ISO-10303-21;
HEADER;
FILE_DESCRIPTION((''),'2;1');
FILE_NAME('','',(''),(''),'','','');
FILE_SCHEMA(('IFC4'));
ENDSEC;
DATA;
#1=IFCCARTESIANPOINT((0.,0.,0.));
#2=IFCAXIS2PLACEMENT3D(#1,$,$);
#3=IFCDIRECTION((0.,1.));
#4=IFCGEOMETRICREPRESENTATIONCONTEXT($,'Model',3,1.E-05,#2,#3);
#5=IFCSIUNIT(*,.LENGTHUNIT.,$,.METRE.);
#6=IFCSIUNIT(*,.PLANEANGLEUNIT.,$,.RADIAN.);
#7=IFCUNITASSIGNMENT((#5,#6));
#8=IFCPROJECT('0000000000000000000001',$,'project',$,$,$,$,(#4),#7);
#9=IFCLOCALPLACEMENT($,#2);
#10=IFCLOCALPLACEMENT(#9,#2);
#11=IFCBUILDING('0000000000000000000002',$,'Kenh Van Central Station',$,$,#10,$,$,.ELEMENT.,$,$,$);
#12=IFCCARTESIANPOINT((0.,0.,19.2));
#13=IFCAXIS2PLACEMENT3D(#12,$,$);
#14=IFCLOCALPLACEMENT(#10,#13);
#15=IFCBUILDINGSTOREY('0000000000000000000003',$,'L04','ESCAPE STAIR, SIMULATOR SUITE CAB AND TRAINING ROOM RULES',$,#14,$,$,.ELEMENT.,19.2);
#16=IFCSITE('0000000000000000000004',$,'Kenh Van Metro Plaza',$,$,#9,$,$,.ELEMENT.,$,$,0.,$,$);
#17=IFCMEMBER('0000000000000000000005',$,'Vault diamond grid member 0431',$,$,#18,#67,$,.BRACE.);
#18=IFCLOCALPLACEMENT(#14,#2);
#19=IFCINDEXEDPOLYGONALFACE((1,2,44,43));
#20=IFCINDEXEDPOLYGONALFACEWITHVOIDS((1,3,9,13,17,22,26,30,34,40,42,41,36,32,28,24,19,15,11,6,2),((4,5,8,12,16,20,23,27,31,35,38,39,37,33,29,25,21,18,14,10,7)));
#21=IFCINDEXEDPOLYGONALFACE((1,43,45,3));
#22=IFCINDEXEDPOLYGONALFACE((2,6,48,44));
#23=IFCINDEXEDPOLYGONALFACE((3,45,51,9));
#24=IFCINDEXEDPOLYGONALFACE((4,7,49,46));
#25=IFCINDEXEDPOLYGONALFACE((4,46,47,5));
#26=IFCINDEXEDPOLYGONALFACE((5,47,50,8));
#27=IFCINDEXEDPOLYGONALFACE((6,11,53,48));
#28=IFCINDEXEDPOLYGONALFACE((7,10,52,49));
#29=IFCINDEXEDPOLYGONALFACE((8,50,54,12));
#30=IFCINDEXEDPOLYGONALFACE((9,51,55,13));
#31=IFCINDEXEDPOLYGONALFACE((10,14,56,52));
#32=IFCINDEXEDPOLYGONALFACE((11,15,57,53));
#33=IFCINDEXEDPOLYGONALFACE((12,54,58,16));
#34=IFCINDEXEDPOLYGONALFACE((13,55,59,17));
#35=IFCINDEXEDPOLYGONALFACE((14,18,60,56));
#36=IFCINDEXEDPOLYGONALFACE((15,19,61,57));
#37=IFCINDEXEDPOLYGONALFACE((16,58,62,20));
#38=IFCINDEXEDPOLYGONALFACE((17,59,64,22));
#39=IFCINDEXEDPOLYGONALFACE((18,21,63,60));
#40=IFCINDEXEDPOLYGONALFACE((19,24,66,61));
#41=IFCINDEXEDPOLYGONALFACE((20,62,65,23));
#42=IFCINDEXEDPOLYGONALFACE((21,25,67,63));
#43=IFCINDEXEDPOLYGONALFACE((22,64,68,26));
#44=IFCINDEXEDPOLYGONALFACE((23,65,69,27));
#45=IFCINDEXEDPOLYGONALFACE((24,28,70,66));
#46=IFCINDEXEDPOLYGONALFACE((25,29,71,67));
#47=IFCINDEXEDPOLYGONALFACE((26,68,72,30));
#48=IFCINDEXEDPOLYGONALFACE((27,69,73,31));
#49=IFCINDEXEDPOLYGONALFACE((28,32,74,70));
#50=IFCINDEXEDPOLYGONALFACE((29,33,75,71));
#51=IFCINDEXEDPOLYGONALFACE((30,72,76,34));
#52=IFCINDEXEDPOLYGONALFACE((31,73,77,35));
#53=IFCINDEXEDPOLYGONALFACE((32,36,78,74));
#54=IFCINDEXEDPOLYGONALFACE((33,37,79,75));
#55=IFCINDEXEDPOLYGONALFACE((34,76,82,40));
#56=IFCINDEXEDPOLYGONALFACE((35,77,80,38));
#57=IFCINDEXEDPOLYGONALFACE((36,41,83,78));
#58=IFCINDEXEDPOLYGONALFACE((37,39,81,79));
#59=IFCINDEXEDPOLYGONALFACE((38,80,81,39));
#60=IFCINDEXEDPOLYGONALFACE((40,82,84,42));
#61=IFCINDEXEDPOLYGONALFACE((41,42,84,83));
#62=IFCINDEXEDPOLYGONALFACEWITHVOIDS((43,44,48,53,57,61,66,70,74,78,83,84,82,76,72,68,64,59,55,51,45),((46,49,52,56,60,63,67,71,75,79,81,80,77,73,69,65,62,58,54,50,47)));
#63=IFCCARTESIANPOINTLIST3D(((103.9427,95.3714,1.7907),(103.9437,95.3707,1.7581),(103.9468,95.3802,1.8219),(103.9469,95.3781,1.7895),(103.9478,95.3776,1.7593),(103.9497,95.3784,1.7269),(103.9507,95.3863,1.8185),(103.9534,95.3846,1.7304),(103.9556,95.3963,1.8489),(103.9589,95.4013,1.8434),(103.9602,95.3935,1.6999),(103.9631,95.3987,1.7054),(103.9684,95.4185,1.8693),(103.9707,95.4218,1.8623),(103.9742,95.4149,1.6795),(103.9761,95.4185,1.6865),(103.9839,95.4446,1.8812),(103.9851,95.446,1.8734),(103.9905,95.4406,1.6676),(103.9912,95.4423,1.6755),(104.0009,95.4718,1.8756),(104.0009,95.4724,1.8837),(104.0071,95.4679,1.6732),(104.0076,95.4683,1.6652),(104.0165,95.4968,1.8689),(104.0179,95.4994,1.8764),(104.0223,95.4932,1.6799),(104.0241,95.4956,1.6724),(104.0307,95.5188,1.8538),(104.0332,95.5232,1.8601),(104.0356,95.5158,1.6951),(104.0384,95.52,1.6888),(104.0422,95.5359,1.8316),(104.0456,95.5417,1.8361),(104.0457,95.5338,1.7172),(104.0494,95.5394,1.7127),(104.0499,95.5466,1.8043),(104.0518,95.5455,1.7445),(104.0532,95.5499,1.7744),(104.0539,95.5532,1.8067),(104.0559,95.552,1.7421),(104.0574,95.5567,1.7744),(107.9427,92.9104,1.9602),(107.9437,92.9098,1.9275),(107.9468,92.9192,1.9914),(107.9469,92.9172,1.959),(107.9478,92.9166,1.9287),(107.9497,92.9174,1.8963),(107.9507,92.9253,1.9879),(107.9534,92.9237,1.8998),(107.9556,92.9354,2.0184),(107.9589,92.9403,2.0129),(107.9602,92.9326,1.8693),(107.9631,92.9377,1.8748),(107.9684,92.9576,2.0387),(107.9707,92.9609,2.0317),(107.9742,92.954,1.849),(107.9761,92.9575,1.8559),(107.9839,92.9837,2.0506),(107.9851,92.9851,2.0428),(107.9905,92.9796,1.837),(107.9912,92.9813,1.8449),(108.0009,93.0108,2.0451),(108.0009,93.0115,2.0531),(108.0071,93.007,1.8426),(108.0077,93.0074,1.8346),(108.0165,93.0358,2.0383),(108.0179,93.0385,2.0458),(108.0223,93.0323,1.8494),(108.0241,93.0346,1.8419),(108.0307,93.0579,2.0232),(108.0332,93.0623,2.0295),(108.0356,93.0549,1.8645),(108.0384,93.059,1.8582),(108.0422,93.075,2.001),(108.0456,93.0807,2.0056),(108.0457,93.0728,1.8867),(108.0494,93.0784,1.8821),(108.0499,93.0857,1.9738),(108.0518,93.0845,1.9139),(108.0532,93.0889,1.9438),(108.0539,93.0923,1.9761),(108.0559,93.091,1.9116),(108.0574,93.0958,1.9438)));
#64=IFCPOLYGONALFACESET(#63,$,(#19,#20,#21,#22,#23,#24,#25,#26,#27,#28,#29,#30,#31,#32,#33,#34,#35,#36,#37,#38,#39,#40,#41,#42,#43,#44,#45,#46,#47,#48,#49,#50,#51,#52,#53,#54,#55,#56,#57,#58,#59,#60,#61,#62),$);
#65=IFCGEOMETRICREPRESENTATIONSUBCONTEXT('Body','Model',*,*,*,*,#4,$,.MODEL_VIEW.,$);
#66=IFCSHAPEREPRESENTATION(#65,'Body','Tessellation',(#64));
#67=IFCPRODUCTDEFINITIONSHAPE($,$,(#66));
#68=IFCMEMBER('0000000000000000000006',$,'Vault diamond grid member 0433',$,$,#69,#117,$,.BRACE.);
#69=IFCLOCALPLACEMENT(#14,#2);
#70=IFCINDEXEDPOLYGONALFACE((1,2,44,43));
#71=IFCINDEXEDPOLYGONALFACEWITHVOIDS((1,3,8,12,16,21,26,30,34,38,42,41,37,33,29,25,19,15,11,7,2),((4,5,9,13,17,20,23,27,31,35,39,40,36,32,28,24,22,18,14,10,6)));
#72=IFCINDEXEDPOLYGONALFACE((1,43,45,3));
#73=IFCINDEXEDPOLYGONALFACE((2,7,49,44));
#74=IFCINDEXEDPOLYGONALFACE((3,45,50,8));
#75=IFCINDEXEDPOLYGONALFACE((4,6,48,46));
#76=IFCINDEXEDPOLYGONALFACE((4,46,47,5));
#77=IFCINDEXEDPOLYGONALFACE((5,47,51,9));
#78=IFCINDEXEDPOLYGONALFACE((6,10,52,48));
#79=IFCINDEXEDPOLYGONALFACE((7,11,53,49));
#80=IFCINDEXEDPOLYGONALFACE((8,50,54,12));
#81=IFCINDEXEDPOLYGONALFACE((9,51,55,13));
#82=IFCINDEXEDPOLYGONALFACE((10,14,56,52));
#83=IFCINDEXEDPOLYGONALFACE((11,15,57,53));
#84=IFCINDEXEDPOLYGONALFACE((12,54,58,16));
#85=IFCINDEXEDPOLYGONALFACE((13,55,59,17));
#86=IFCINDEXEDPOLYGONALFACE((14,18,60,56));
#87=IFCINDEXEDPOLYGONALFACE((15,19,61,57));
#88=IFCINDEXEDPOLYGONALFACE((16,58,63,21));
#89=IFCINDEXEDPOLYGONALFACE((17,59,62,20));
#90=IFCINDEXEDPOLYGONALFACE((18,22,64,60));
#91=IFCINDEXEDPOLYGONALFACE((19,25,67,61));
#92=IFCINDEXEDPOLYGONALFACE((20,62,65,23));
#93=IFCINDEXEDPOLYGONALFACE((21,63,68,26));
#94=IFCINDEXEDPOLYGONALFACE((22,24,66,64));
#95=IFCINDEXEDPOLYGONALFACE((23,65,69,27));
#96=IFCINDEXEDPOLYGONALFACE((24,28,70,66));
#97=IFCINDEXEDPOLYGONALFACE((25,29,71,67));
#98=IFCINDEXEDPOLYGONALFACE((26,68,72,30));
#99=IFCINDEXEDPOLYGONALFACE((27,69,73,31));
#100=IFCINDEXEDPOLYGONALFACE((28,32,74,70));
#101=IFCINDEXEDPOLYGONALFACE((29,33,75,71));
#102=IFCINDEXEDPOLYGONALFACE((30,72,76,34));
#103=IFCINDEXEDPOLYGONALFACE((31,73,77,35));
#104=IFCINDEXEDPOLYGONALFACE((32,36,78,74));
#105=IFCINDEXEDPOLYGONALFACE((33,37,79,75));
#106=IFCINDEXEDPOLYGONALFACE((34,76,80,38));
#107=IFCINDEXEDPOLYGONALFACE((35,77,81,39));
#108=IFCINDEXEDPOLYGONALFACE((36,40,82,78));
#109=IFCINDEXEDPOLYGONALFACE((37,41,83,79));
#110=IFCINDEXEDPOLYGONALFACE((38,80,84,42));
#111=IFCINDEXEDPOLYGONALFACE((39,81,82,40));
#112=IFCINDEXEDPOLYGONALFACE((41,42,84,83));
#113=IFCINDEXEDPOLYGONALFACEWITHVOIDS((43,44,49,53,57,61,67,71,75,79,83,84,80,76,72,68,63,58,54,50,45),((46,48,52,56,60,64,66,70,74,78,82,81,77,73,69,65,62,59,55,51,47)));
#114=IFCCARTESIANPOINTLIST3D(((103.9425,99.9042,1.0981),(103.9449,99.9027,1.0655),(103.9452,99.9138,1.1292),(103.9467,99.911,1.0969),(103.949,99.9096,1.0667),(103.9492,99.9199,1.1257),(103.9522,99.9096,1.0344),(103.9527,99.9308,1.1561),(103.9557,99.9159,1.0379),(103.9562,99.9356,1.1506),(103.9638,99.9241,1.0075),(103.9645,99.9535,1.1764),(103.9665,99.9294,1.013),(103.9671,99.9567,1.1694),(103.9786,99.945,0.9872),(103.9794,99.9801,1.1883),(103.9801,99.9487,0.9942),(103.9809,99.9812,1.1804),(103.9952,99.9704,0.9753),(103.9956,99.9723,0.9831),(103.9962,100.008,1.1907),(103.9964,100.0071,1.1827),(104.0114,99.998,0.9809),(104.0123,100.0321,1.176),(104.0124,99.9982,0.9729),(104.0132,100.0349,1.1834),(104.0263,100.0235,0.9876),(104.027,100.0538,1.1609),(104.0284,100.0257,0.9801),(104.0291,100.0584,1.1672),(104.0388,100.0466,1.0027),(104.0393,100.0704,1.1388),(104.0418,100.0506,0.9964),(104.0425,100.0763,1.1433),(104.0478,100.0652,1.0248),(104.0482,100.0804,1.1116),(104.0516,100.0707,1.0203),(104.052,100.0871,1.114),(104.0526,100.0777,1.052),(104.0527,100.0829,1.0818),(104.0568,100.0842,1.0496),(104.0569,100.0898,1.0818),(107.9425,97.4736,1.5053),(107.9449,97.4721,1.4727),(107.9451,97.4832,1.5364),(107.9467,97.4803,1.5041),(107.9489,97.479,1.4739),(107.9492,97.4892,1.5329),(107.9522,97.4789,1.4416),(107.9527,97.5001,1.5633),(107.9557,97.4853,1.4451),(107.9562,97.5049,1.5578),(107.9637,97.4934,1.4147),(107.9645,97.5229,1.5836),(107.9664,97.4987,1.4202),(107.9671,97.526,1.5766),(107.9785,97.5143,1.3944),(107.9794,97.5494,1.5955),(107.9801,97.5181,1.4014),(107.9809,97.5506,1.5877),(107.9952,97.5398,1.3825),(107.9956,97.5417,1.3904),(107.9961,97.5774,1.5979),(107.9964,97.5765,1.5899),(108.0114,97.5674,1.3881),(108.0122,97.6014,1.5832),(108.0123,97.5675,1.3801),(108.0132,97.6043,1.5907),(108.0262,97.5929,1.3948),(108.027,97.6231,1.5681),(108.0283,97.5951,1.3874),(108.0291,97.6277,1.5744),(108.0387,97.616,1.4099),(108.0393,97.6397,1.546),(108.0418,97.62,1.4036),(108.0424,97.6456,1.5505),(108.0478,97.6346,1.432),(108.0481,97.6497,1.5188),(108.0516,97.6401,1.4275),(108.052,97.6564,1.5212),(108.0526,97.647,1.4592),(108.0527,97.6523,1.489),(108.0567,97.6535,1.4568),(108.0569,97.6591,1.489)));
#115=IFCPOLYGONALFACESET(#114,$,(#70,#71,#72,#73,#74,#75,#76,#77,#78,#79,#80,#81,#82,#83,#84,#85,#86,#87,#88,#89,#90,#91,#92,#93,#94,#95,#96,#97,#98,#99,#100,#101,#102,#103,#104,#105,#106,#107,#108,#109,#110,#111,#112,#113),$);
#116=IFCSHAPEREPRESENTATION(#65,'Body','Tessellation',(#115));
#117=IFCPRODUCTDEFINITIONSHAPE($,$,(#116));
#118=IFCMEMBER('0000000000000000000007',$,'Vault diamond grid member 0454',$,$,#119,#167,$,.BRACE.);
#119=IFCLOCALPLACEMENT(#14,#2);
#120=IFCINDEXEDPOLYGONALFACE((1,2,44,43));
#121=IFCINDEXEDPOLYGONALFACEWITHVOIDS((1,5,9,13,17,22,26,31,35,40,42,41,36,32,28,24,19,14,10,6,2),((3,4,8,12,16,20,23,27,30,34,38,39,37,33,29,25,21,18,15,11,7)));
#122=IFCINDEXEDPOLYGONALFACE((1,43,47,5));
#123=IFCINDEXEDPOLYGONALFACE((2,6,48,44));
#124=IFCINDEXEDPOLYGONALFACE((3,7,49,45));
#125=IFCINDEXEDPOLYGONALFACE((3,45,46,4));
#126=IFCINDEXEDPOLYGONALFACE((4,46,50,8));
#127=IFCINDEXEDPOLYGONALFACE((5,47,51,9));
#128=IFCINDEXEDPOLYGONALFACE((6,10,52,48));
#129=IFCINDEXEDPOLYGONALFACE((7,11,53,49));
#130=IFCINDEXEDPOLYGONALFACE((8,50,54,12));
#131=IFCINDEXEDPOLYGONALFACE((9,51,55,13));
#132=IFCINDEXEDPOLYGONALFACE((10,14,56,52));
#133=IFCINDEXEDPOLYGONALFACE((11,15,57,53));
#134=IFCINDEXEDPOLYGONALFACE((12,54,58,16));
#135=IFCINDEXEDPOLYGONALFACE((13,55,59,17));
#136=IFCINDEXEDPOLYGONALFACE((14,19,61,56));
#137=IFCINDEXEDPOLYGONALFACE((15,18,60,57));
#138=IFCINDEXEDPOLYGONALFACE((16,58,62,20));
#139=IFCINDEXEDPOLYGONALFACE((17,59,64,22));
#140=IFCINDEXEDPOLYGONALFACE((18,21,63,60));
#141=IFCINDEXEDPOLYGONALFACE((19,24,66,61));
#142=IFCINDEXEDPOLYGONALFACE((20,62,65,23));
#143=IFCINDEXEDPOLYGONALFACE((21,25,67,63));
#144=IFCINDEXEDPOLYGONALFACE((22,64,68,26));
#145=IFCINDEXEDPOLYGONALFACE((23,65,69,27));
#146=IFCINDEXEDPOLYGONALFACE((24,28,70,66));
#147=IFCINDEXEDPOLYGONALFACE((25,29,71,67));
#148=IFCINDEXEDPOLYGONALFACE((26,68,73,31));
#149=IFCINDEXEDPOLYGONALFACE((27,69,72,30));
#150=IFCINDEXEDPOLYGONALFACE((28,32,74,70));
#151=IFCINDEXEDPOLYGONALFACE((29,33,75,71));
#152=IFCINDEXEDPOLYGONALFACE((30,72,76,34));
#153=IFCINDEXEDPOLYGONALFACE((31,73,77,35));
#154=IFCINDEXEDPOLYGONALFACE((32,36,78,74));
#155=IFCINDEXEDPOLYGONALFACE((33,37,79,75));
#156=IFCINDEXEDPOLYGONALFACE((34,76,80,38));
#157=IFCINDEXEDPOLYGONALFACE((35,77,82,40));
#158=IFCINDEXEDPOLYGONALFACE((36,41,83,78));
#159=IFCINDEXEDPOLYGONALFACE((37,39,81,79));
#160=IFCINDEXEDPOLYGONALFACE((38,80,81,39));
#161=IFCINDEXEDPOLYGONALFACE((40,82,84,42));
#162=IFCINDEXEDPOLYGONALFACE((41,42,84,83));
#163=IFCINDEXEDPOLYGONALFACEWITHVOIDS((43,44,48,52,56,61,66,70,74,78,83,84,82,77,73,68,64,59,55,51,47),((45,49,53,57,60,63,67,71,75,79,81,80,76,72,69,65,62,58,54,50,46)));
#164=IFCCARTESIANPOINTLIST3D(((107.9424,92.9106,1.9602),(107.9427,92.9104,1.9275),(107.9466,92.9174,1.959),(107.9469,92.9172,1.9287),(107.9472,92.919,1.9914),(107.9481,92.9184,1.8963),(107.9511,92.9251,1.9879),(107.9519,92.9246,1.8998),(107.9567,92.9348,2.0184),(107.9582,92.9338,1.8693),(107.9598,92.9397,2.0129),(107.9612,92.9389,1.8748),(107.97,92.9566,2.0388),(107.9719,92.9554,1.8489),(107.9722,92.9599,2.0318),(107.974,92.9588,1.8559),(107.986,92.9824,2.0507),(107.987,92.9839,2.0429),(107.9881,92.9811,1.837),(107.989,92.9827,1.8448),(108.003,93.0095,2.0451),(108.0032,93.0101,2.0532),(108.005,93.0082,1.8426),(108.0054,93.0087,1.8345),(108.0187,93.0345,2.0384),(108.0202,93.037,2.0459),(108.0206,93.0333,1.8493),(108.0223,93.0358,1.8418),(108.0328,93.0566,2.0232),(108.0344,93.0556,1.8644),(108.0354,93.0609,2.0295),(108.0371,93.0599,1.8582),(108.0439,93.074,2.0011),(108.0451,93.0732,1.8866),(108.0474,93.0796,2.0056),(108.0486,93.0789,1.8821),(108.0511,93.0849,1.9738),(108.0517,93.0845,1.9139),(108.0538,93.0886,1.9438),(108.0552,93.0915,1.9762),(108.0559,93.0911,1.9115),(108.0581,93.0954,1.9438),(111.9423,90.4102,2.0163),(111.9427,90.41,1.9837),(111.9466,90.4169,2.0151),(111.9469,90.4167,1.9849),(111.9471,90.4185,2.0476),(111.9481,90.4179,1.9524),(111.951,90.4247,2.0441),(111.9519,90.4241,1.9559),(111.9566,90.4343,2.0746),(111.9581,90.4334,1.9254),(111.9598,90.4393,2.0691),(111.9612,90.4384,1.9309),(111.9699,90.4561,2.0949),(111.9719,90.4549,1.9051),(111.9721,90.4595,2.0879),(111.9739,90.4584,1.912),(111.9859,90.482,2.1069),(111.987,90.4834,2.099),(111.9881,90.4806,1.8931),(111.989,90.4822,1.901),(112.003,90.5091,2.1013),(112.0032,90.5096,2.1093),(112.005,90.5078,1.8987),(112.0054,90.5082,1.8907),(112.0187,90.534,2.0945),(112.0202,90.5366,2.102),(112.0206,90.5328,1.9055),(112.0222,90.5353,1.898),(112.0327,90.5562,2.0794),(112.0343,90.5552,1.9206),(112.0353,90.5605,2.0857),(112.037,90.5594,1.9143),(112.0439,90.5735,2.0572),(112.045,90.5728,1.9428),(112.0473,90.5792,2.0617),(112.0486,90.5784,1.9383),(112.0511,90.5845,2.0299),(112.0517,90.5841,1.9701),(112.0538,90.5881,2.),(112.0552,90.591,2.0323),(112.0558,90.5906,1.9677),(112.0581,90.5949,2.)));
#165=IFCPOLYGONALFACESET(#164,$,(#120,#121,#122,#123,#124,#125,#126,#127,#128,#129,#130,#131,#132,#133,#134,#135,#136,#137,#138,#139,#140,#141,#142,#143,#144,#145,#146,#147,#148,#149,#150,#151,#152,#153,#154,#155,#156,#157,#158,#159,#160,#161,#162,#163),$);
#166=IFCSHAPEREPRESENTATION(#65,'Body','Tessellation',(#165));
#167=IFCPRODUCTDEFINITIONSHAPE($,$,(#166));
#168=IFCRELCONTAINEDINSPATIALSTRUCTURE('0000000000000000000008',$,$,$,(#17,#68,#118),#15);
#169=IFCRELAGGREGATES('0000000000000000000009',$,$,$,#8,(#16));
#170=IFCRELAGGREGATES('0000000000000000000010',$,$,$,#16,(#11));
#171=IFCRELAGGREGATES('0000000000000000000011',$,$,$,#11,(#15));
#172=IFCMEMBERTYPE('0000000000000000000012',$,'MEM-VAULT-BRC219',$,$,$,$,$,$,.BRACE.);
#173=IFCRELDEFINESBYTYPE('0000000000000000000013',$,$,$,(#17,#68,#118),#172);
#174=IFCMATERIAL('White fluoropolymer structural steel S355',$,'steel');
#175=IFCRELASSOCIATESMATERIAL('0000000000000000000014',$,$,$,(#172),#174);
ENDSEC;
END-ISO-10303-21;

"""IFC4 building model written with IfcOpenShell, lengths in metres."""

from ifc_helpers import new_model, si_unit, direction, frame, origin, origin_2d, place, context, subcontext, project, spatial, hollow_circle, extrude, material, material_profile, profile_set, type_object, element, save


model = new_model("IFC4")

# Units and contexts
model_context = context("Model", 3, precision=1e-05, world=origin(), true_north=direction((0.0, 1.0)))
body_context = subcontext(model_context, "Body", "Model", "MODEL_VIEW")
ifc_project = project(units=[si_unit("LENGTHUNIT", "METRE"), si_unit("PLANEANGLEUNIT", "RADIAN")], contexts=[model_context])

# Site, building, storey
site_placement = place(None, origin())
site = spatial("IfcSite", under=ifc_project, at=site_placement, Name="Kenh Van Metro Plaza", CompositionType="ELEMENT", RefElevation=0.0)
building_placement = place(site_placement, origin())
building = spatial("IfcBuilding", under=site, at=building_placement, Name="Kenh Van Central Station", CompositionType="ELEMENT")
storey_placement = place(building_placement, frame((0.0, 0.0, 19.2)))
storey = spatial("IfcBuildingStorey", under=building, at=storey_placement, Name="L04", Description="ESCAPE STAIR, SIMULATOR SUITE CAB AND TRAINING ROOM RULES", CompositionType="ELEMENT", Elevation=19.2)

# Shared definitions
ifc_material_1 = material(Name="White fluoropolymer structural steel S355", Category="steel")

# Members
ifc_material_profile_1 = material_profile(ifc_material_1, hollow_circle(Radius=0.1096, WallThickness=0.0081, at=origin_2d()), Name="CHS 219.1x8")
ifc_profile_set_1 = profile_set([ifc_material_profile_1], Name="White fluoropolymer structural steel S355")
member_type_1 = type_object("IfcMemberType", Name="MEM-VAULT-BRC219", PredefinedType="BRACE", material=ifc_profile_set_1)
member_1_placement = place(storey_placement, frame((104.0, 95.4634, 1.7744), z_axis=(0.851162, -0.523664, 0.036054), x_axis=(0.524005, 0.851715, 0.0)))
element("IfcMember", 1, at=member_1_placement, inside=storey, type_object=member_type_1, Name="Vault diamond grid member 0431", PredefinedType="BRACE", context=body_context, shape_type="SweptSolid", body=[
    extrude(hollow_circle(Radius=0.1096, WallThickness=0.0081, at=origin_2d()), origin(), (0.0, 0.0, 1.0), 4.6995),
])
member_2_placement = place(storey_placement, frame((104.0, 99.9961, 1.0818), z_axis=(0.851373, -0.51735, 0.086675), x_axis=(0.519305, 0.854589, 0.0)))
element("IfcMember", 2, at=member_2_placement, inside=storey, type_object=member_type_1, Name="Vault diamond grid member 0433", PredefinedType="BRACE", context=body_context, shape_type="SweptSolid", body=[
    extrude(hollow_circle(Radius=0.1096, WallThickness=0.0081, at=origin_2d()), origin(), (0.0, 0.0, 1.0), 4.6982),
])
member_3_placement = place(storey_placement, frame((108.0, 93.0024, 1.9438), z_axis=(0.847892, -0.530036, 0.011903), x_axis=(0.530073, 0.847952, 0.0)))
element("IfcMember", 3, at=member_3_placement, inside=storey, type_object=member_type_1, Name="Vault diamond grid member 0454", PredefinedType="BRACE", context=body_context, shape_type="SweptSolid", body=[
    extrude(hollow_circle(Radius=0.1096, WallThickness=0.0081, at=origin_2d()), origin(), (0.0, 0.0, 1.0), 4.7175),
])

save(model, "model.ifc")
